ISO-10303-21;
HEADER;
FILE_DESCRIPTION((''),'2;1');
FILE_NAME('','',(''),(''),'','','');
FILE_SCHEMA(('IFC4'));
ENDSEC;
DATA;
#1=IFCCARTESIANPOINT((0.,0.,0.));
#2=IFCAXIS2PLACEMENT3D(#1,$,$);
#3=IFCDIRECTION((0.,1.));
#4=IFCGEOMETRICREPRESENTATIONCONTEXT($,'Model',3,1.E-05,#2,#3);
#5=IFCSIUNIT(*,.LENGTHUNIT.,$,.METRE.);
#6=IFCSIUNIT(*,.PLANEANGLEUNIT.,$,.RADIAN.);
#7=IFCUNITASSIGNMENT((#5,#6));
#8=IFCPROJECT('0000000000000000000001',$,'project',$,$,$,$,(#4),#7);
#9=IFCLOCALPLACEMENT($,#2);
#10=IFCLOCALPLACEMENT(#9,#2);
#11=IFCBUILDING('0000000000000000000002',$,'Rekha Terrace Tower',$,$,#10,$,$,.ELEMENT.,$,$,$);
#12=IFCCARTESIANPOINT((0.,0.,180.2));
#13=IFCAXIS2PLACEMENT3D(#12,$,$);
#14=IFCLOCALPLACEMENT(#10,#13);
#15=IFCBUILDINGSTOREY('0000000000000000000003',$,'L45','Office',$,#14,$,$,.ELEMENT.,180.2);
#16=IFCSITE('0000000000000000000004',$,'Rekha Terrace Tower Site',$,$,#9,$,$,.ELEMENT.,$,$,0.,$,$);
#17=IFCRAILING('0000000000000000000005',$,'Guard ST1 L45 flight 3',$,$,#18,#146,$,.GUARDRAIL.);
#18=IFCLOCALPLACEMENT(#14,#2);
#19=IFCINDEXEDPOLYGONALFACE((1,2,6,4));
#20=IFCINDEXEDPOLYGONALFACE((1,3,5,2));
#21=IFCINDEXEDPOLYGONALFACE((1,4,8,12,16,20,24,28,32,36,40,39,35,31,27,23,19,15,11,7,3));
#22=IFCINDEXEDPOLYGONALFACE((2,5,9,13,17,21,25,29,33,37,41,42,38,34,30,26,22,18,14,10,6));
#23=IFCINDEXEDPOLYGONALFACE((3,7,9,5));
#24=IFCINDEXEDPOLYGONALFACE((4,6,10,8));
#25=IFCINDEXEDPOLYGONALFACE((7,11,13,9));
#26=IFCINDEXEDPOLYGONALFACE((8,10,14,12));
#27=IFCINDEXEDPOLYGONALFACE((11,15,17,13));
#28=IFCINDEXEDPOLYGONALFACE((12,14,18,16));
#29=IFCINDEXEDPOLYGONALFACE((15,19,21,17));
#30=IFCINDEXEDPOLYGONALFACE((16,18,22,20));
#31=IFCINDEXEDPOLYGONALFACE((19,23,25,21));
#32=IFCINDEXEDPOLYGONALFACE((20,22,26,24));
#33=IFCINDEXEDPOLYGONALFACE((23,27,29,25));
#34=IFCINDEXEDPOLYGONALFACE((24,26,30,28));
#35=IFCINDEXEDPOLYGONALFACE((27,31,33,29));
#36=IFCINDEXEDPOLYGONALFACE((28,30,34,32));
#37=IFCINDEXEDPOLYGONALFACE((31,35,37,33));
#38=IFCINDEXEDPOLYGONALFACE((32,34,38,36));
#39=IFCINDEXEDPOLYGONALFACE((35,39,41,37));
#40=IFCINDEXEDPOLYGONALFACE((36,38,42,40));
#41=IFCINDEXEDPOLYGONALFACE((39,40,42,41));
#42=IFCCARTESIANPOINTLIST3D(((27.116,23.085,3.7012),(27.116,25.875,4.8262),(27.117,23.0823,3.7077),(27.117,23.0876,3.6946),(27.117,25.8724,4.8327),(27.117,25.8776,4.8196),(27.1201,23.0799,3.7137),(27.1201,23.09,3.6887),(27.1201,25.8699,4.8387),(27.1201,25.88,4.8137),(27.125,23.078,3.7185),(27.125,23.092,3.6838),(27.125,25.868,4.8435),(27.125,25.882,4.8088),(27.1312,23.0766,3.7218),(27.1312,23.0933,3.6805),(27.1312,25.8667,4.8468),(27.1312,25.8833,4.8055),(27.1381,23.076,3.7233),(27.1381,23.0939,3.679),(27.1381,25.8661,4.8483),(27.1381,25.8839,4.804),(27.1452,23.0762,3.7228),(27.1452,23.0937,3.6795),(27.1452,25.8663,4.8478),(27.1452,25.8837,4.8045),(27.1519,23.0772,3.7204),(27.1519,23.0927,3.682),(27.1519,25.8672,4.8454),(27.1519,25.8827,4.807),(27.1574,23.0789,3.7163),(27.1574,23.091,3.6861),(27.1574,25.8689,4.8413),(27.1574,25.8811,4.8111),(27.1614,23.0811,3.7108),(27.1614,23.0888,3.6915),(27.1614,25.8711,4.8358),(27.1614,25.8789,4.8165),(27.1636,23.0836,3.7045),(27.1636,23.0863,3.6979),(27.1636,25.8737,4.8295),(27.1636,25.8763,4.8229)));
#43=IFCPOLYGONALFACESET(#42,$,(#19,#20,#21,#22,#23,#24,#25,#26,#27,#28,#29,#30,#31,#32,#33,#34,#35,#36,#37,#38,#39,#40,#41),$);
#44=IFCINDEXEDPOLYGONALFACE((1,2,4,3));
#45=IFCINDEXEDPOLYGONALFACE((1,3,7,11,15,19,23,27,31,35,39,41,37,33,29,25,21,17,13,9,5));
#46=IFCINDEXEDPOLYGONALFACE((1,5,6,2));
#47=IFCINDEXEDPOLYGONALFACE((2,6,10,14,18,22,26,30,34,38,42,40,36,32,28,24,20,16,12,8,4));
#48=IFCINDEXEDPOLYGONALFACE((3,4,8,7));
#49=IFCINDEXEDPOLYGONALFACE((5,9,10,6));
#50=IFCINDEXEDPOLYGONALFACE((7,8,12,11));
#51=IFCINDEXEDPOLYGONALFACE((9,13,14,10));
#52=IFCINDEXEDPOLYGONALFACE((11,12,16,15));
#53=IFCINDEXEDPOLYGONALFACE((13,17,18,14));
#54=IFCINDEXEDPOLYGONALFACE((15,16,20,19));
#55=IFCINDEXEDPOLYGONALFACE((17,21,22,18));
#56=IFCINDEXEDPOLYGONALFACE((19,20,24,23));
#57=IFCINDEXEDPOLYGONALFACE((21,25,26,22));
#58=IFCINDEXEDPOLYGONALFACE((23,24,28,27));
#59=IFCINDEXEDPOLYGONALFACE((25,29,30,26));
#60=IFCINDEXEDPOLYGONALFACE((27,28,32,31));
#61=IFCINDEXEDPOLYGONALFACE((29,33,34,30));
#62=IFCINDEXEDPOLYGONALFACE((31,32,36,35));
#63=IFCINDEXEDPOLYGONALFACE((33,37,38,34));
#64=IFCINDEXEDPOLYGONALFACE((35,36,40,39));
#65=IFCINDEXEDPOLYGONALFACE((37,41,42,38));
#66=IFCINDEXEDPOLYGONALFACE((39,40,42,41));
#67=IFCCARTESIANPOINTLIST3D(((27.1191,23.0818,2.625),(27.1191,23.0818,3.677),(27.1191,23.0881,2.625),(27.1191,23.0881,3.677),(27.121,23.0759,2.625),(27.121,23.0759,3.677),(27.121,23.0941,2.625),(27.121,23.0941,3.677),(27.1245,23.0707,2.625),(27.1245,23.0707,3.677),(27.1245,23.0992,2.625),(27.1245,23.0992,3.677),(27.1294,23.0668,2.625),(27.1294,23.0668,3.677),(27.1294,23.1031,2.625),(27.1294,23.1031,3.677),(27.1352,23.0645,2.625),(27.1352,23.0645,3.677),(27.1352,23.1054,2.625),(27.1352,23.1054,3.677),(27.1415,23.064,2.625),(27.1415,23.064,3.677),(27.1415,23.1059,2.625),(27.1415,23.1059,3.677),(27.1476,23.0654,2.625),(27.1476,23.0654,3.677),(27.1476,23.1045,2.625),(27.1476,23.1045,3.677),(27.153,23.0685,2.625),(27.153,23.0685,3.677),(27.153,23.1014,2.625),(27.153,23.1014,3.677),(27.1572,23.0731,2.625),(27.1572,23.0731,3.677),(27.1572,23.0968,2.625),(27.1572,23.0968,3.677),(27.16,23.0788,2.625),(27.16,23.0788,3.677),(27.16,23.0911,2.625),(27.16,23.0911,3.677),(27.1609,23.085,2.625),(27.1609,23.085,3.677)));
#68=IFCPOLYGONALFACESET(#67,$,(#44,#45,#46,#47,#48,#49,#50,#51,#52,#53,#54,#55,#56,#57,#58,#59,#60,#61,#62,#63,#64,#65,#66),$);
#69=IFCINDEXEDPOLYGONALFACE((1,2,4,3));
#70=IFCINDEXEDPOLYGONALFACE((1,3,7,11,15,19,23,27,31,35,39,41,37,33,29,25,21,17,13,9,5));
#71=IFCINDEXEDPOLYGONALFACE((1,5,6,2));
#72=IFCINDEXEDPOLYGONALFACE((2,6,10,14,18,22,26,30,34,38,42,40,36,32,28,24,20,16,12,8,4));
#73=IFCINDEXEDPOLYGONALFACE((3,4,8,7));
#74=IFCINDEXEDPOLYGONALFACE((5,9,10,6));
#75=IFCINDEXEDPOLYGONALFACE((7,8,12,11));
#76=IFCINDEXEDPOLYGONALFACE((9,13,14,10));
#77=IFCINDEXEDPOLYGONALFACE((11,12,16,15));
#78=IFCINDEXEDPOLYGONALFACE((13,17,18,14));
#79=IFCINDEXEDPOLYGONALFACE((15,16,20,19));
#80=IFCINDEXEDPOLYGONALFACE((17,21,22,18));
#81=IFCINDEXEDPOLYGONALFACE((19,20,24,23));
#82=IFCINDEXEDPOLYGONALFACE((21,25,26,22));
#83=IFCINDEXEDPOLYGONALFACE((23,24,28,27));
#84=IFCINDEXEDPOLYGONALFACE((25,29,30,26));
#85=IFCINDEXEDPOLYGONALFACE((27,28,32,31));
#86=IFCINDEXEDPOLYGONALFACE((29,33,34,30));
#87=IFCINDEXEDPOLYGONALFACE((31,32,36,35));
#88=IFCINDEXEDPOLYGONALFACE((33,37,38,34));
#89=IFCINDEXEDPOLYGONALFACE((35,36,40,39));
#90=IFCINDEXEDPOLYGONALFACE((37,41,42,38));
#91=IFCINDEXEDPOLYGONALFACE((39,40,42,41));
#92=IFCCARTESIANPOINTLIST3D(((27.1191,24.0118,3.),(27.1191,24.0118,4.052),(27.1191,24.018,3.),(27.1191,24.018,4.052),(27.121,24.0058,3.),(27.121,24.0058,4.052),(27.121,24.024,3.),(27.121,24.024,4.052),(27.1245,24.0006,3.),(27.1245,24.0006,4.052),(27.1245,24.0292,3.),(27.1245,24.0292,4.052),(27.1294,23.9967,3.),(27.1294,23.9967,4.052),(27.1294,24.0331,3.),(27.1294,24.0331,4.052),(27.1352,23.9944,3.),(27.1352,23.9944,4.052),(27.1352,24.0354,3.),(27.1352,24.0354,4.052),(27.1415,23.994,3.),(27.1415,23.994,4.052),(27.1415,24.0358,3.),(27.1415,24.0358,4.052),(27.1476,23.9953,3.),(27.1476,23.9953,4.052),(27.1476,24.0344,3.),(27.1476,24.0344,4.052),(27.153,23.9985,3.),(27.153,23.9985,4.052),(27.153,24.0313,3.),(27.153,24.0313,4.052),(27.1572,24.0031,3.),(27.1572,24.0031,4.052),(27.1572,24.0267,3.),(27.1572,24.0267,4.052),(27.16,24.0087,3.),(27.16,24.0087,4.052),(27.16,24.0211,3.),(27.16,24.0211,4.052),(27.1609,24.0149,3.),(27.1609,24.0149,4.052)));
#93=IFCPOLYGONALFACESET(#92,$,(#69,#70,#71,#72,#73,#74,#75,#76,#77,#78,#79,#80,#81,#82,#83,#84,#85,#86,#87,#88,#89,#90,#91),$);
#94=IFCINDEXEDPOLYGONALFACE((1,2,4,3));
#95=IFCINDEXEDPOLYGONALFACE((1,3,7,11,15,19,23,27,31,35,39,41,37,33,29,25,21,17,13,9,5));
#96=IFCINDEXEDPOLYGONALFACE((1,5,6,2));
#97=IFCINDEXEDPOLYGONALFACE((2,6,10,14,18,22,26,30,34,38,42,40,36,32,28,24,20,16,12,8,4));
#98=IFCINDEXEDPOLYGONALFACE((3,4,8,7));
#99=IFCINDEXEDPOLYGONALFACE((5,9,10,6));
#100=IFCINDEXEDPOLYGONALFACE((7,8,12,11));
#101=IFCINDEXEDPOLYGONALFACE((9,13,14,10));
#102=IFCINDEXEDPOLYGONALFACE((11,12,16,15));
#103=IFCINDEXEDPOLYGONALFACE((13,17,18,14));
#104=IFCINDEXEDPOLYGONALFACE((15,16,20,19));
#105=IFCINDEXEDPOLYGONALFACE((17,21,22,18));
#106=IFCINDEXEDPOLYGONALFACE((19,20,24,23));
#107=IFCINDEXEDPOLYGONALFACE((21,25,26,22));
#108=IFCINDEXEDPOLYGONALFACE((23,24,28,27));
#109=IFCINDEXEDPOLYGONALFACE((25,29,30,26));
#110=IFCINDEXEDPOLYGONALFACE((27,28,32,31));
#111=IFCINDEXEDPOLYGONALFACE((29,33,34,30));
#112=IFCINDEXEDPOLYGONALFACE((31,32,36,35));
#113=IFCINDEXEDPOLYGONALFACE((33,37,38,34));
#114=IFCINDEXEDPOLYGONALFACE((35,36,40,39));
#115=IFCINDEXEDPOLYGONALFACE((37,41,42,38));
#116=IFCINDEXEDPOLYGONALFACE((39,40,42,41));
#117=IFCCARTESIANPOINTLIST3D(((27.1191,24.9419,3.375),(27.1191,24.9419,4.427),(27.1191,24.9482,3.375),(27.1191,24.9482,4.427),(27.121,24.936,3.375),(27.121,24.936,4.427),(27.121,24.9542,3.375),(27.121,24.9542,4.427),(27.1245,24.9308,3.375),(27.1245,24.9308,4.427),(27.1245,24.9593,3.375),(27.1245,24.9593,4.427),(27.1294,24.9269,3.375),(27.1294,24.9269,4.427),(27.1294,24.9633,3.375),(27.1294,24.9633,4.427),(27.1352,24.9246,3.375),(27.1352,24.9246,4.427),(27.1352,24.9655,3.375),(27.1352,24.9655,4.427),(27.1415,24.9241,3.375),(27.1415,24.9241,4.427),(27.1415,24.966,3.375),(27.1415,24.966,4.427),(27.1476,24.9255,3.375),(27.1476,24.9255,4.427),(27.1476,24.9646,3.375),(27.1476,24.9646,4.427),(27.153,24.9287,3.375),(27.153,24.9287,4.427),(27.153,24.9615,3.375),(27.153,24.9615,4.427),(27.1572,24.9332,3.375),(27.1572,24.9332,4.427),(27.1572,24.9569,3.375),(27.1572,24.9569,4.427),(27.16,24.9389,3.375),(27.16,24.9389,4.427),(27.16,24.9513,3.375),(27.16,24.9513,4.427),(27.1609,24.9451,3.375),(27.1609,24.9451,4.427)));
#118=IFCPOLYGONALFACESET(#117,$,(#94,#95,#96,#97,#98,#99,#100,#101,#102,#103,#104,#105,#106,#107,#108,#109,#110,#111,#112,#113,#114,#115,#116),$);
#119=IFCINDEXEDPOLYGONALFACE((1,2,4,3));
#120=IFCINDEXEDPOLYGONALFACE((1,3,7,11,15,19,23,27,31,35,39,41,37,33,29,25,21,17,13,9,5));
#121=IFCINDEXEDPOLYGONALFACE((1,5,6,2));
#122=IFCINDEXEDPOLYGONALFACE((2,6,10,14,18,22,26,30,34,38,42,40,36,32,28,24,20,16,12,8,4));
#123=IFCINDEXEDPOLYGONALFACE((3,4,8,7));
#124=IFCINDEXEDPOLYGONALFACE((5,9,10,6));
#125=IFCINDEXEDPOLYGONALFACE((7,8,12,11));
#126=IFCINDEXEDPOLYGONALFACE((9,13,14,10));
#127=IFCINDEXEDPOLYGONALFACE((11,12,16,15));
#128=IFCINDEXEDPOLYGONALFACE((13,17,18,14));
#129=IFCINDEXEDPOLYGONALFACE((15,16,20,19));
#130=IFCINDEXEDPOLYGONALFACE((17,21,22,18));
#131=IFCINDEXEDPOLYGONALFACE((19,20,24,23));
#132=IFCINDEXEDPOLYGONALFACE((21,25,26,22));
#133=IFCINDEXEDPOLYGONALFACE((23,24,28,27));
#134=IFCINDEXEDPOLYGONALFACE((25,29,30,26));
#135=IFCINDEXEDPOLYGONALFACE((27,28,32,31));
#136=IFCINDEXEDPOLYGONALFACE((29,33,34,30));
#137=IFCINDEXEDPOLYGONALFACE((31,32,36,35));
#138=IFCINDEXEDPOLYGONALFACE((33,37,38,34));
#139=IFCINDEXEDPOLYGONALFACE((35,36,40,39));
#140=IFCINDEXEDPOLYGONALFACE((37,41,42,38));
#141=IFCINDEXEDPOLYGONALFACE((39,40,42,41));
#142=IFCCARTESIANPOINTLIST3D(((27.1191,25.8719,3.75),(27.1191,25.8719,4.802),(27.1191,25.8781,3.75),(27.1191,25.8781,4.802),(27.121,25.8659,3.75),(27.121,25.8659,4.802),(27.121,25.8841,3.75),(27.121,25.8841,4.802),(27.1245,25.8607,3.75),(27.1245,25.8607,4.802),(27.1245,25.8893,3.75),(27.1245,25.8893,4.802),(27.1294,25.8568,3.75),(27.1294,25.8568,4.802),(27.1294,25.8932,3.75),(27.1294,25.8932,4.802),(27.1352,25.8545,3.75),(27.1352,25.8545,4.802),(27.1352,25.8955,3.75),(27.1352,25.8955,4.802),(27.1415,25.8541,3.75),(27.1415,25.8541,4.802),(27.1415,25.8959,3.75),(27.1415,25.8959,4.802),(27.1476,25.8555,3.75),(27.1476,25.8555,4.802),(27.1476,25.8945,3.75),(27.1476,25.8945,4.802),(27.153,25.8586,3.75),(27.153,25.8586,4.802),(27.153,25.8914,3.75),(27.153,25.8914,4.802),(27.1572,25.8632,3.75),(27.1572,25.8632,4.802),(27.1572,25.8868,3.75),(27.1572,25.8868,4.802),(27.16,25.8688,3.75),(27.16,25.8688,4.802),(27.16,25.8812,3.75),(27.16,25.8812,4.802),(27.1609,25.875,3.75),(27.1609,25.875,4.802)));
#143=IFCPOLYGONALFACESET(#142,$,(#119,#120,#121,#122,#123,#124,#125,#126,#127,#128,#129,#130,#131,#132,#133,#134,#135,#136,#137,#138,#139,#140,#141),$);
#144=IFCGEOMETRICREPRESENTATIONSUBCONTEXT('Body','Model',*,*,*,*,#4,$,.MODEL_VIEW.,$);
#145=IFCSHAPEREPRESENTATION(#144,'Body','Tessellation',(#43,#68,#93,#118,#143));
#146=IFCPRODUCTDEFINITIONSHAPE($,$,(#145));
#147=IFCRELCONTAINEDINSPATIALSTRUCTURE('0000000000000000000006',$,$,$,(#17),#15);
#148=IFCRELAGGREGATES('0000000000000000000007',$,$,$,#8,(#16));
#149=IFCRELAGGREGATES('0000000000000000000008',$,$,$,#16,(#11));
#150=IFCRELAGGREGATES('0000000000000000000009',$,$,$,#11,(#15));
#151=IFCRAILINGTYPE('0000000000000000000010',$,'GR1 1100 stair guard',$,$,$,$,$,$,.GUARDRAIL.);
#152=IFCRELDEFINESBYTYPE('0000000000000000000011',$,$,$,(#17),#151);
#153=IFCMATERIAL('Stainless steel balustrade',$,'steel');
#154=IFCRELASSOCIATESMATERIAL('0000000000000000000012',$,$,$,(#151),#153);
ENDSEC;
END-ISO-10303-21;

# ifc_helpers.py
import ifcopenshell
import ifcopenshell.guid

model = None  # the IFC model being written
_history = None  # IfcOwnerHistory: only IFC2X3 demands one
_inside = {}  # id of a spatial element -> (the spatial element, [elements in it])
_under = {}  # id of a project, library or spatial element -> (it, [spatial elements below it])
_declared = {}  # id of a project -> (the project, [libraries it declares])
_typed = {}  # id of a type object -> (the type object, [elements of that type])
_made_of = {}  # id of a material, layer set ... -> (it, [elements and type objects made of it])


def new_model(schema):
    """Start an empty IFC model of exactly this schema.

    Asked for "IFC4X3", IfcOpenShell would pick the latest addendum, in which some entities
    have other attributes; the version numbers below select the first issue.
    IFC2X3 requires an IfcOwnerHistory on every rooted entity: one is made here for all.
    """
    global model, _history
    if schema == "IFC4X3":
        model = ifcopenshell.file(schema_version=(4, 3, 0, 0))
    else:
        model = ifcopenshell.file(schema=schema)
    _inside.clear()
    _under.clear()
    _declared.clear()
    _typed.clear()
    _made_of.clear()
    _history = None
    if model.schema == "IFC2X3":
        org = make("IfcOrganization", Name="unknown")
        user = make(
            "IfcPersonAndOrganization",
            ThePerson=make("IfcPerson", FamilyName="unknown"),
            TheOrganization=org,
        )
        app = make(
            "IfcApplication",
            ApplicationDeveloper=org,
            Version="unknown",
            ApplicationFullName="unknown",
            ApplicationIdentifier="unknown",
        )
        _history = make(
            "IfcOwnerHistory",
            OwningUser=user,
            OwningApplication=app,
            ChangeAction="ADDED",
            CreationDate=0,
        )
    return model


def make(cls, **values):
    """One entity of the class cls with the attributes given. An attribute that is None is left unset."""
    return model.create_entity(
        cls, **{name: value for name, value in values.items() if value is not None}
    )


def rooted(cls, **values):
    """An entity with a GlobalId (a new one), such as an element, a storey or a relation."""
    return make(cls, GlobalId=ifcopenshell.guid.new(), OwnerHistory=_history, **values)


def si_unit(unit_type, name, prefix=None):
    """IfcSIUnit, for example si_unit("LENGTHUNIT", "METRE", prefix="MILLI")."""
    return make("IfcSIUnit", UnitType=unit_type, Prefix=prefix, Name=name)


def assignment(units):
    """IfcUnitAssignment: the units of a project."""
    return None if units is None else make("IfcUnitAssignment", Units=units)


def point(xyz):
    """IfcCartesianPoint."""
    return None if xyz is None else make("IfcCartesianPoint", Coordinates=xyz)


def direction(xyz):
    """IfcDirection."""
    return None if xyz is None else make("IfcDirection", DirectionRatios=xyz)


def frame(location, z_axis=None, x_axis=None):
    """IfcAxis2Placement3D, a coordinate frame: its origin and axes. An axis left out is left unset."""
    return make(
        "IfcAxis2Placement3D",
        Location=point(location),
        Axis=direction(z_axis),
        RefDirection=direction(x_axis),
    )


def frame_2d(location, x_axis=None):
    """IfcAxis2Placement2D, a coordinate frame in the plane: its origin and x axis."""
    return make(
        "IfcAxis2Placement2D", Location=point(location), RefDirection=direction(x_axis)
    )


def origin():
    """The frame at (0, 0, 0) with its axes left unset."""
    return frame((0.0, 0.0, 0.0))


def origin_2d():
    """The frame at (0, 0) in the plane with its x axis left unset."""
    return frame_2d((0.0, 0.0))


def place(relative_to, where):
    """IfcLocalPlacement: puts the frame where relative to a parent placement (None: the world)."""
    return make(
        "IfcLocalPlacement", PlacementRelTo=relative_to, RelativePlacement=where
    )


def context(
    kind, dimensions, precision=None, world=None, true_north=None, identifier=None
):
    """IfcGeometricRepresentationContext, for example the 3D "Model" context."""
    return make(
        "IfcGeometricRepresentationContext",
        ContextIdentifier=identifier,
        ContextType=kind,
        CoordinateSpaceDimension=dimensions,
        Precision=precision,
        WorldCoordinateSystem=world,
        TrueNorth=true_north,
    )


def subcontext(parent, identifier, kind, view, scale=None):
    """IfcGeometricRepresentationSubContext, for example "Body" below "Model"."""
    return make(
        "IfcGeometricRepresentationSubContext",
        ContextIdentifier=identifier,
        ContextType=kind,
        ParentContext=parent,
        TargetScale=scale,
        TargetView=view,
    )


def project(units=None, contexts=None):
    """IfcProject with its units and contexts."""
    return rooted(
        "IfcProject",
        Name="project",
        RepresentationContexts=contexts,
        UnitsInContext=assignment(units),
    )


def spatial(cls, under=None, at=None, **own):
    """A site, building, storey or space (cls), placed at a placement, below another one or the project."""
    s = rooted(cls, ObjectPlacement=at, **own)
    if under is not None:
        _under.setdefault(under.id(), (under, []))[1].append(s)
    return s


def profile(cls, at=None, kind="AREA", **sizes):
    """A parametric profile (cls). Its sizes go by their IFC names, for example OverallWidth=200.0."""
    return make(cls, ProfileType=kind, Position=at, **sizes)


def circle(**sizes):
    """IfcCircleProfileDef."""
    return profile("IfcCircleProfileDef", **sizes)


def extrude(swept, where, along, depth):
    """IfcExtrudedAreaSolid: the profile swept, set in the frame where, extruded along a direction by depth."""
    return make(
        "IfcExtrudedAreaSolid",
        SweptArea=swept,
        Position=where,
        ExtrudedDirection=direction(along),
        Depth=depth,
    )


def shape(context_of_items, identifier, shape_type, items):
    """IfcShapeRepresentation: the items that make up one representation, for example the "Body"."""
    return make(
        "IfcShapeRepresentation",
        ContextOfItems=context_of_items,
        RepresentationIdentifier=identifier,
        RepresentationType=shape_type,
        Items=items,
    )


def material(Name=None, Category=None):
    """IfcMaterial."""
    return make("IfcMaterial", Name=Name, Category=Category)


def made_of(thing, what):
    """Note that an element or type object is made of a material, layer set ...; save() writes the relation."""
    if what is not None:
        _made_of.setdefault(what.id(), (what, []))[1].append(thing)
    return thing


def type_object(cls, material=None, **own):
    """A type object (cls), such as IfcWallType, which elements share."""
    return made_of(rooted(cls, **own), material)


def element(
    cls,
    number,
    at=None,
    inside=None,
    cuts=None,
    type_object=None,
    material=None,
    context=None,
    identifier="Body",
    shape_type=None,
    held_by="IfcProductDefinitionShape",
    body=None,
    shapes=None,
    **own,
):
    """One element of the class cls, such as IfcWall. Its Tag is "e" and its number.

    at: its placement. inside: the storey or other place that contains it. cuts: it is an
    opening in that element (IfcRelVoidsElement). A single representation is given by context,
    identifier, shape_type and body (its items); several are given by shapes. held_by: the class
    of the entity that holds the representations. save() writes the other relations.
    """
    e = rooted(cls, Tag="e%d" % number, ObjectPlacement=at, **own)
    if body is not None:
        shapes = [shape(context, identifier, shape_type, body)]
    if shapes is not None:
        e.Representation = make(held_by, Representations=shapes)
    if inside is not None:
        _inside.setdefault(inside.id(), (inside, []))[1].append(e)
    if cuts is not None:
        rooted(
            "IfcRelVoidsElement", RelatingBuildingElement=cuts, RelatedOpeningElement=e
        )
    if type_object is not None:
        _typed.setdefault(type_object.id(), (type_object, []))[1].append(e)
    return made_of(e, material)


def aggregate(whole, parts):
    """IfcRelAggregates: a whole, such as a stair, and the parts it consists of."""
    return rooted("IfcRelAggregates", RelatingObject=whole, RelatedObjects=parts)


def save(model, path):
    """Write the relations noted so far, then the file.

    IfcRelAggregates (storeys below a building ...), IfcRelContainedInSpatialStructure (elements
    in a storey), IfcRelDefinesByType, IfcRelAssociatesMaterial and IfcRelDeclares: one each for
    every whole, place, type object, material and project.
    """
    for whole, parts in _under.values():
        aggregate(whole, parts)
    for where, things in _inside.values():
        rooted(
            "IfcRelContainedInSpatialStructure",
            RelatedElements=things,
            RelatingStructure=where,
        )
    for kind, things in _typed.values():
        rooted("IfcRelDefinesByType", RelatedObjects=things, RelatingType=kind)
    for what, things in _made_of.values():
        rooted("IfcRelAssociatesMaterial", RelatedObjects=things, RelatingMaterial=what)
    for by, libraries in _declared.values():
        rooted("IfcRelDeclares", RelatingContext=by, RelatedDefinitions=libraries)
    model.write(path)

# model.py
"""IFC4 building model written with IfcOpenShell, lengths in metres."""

from ifc_helpers import new_model, si_unit, direction, frame, origin, origin_2d, place, context, subcontext, project, spatial, circle, extrude, material, type_object, element, save


model = new_model("IFC4")

# Units and contexts
model_context = context("Model", 3, precision=1e-05, world=origin(), true_north=direction((0.0, 1.0)))
body_context = subcontext(model_context, "Body", "Model", "MODEL_VIEW")
ifc_project = project(units=[si_unit("LENGTHUNIT", "METRE"), si_unit("PLANEANGLEUNIT", "RADIAN")], contexts=[model_context])

# Site, building, storey
site_placement = place(None, origin())
site = spatial("IfcSite", under=ifc_project, at=site_placement, Name="Rekha Terrace Tower Site", CompositionType="ELEMENT", RefElevation=0.0)
building_placement = place(site_placement, origin())
building = spatial("IfcBuilding", under=site, at=building_placement, Name="Rekha Terrace Tower", CompositionType="ELEMENT")
storey_placement = place(building_placement, frame((0.0, 0.0, 180.2)))
storey = spatial("IfcBuildingStorey", under=building, at=storey_placement, Name="L45", Description="Office", CompositionType="ELEMENT", Elevation=180.2)

# Railing
ifc_material_1 = material(Name="Stainless steel balustrade", Category="steel")
railing_type_1 = type_object("IfcRailingType", Name="GR1 1100 stair guard", PredefinedType="GUARDRAIL", material=ifc_material_1)
railing_1_placement = place(storey_placement, frame((27.1399, 23.085, 2.625)))
element("IfcRailing", 1, at=railing_1_placement, inside=storey, type_object=railing_type_1, Name="Guard ST1 L45 flight 3", PredefinedType="GUARDRAIL", context=body_context, shape_type="SweptSolid", body=[
    extrude(circle(Radius=0.0239, at=origin_2d()), frame((0.0, 0.0, 1.0762), z_axis=(0.0, 0.927443, 0.373964), x_axis=(-1.0, 0.0, 0.0)), (0.0, 0.0, 1.0), 3.0083),
    extrude(circle(Radius=0.021, at=origin_2d()), origin(), (0.0, 0.0, 1.0), 1.052),
    extrude(circle(Radius=0.021, at=origin_2d()), frame((0.0, 0.9299, 0.375)), (0.0, 0.0, 1.0), 1.052),
    extrude(circle(Radius=0.021, at=origin_2d()), frame((0.0, 1.8601, 0.75)), (0.0, 0.0, 1.0), 1.052),
    extrude(circle(Radius=0.021, at=origin_2d()), frame((0.0, 2.79, 1.125)), (0.0, 0.0, 1.0), 1.052),
])

save(model, "model.ifc")
